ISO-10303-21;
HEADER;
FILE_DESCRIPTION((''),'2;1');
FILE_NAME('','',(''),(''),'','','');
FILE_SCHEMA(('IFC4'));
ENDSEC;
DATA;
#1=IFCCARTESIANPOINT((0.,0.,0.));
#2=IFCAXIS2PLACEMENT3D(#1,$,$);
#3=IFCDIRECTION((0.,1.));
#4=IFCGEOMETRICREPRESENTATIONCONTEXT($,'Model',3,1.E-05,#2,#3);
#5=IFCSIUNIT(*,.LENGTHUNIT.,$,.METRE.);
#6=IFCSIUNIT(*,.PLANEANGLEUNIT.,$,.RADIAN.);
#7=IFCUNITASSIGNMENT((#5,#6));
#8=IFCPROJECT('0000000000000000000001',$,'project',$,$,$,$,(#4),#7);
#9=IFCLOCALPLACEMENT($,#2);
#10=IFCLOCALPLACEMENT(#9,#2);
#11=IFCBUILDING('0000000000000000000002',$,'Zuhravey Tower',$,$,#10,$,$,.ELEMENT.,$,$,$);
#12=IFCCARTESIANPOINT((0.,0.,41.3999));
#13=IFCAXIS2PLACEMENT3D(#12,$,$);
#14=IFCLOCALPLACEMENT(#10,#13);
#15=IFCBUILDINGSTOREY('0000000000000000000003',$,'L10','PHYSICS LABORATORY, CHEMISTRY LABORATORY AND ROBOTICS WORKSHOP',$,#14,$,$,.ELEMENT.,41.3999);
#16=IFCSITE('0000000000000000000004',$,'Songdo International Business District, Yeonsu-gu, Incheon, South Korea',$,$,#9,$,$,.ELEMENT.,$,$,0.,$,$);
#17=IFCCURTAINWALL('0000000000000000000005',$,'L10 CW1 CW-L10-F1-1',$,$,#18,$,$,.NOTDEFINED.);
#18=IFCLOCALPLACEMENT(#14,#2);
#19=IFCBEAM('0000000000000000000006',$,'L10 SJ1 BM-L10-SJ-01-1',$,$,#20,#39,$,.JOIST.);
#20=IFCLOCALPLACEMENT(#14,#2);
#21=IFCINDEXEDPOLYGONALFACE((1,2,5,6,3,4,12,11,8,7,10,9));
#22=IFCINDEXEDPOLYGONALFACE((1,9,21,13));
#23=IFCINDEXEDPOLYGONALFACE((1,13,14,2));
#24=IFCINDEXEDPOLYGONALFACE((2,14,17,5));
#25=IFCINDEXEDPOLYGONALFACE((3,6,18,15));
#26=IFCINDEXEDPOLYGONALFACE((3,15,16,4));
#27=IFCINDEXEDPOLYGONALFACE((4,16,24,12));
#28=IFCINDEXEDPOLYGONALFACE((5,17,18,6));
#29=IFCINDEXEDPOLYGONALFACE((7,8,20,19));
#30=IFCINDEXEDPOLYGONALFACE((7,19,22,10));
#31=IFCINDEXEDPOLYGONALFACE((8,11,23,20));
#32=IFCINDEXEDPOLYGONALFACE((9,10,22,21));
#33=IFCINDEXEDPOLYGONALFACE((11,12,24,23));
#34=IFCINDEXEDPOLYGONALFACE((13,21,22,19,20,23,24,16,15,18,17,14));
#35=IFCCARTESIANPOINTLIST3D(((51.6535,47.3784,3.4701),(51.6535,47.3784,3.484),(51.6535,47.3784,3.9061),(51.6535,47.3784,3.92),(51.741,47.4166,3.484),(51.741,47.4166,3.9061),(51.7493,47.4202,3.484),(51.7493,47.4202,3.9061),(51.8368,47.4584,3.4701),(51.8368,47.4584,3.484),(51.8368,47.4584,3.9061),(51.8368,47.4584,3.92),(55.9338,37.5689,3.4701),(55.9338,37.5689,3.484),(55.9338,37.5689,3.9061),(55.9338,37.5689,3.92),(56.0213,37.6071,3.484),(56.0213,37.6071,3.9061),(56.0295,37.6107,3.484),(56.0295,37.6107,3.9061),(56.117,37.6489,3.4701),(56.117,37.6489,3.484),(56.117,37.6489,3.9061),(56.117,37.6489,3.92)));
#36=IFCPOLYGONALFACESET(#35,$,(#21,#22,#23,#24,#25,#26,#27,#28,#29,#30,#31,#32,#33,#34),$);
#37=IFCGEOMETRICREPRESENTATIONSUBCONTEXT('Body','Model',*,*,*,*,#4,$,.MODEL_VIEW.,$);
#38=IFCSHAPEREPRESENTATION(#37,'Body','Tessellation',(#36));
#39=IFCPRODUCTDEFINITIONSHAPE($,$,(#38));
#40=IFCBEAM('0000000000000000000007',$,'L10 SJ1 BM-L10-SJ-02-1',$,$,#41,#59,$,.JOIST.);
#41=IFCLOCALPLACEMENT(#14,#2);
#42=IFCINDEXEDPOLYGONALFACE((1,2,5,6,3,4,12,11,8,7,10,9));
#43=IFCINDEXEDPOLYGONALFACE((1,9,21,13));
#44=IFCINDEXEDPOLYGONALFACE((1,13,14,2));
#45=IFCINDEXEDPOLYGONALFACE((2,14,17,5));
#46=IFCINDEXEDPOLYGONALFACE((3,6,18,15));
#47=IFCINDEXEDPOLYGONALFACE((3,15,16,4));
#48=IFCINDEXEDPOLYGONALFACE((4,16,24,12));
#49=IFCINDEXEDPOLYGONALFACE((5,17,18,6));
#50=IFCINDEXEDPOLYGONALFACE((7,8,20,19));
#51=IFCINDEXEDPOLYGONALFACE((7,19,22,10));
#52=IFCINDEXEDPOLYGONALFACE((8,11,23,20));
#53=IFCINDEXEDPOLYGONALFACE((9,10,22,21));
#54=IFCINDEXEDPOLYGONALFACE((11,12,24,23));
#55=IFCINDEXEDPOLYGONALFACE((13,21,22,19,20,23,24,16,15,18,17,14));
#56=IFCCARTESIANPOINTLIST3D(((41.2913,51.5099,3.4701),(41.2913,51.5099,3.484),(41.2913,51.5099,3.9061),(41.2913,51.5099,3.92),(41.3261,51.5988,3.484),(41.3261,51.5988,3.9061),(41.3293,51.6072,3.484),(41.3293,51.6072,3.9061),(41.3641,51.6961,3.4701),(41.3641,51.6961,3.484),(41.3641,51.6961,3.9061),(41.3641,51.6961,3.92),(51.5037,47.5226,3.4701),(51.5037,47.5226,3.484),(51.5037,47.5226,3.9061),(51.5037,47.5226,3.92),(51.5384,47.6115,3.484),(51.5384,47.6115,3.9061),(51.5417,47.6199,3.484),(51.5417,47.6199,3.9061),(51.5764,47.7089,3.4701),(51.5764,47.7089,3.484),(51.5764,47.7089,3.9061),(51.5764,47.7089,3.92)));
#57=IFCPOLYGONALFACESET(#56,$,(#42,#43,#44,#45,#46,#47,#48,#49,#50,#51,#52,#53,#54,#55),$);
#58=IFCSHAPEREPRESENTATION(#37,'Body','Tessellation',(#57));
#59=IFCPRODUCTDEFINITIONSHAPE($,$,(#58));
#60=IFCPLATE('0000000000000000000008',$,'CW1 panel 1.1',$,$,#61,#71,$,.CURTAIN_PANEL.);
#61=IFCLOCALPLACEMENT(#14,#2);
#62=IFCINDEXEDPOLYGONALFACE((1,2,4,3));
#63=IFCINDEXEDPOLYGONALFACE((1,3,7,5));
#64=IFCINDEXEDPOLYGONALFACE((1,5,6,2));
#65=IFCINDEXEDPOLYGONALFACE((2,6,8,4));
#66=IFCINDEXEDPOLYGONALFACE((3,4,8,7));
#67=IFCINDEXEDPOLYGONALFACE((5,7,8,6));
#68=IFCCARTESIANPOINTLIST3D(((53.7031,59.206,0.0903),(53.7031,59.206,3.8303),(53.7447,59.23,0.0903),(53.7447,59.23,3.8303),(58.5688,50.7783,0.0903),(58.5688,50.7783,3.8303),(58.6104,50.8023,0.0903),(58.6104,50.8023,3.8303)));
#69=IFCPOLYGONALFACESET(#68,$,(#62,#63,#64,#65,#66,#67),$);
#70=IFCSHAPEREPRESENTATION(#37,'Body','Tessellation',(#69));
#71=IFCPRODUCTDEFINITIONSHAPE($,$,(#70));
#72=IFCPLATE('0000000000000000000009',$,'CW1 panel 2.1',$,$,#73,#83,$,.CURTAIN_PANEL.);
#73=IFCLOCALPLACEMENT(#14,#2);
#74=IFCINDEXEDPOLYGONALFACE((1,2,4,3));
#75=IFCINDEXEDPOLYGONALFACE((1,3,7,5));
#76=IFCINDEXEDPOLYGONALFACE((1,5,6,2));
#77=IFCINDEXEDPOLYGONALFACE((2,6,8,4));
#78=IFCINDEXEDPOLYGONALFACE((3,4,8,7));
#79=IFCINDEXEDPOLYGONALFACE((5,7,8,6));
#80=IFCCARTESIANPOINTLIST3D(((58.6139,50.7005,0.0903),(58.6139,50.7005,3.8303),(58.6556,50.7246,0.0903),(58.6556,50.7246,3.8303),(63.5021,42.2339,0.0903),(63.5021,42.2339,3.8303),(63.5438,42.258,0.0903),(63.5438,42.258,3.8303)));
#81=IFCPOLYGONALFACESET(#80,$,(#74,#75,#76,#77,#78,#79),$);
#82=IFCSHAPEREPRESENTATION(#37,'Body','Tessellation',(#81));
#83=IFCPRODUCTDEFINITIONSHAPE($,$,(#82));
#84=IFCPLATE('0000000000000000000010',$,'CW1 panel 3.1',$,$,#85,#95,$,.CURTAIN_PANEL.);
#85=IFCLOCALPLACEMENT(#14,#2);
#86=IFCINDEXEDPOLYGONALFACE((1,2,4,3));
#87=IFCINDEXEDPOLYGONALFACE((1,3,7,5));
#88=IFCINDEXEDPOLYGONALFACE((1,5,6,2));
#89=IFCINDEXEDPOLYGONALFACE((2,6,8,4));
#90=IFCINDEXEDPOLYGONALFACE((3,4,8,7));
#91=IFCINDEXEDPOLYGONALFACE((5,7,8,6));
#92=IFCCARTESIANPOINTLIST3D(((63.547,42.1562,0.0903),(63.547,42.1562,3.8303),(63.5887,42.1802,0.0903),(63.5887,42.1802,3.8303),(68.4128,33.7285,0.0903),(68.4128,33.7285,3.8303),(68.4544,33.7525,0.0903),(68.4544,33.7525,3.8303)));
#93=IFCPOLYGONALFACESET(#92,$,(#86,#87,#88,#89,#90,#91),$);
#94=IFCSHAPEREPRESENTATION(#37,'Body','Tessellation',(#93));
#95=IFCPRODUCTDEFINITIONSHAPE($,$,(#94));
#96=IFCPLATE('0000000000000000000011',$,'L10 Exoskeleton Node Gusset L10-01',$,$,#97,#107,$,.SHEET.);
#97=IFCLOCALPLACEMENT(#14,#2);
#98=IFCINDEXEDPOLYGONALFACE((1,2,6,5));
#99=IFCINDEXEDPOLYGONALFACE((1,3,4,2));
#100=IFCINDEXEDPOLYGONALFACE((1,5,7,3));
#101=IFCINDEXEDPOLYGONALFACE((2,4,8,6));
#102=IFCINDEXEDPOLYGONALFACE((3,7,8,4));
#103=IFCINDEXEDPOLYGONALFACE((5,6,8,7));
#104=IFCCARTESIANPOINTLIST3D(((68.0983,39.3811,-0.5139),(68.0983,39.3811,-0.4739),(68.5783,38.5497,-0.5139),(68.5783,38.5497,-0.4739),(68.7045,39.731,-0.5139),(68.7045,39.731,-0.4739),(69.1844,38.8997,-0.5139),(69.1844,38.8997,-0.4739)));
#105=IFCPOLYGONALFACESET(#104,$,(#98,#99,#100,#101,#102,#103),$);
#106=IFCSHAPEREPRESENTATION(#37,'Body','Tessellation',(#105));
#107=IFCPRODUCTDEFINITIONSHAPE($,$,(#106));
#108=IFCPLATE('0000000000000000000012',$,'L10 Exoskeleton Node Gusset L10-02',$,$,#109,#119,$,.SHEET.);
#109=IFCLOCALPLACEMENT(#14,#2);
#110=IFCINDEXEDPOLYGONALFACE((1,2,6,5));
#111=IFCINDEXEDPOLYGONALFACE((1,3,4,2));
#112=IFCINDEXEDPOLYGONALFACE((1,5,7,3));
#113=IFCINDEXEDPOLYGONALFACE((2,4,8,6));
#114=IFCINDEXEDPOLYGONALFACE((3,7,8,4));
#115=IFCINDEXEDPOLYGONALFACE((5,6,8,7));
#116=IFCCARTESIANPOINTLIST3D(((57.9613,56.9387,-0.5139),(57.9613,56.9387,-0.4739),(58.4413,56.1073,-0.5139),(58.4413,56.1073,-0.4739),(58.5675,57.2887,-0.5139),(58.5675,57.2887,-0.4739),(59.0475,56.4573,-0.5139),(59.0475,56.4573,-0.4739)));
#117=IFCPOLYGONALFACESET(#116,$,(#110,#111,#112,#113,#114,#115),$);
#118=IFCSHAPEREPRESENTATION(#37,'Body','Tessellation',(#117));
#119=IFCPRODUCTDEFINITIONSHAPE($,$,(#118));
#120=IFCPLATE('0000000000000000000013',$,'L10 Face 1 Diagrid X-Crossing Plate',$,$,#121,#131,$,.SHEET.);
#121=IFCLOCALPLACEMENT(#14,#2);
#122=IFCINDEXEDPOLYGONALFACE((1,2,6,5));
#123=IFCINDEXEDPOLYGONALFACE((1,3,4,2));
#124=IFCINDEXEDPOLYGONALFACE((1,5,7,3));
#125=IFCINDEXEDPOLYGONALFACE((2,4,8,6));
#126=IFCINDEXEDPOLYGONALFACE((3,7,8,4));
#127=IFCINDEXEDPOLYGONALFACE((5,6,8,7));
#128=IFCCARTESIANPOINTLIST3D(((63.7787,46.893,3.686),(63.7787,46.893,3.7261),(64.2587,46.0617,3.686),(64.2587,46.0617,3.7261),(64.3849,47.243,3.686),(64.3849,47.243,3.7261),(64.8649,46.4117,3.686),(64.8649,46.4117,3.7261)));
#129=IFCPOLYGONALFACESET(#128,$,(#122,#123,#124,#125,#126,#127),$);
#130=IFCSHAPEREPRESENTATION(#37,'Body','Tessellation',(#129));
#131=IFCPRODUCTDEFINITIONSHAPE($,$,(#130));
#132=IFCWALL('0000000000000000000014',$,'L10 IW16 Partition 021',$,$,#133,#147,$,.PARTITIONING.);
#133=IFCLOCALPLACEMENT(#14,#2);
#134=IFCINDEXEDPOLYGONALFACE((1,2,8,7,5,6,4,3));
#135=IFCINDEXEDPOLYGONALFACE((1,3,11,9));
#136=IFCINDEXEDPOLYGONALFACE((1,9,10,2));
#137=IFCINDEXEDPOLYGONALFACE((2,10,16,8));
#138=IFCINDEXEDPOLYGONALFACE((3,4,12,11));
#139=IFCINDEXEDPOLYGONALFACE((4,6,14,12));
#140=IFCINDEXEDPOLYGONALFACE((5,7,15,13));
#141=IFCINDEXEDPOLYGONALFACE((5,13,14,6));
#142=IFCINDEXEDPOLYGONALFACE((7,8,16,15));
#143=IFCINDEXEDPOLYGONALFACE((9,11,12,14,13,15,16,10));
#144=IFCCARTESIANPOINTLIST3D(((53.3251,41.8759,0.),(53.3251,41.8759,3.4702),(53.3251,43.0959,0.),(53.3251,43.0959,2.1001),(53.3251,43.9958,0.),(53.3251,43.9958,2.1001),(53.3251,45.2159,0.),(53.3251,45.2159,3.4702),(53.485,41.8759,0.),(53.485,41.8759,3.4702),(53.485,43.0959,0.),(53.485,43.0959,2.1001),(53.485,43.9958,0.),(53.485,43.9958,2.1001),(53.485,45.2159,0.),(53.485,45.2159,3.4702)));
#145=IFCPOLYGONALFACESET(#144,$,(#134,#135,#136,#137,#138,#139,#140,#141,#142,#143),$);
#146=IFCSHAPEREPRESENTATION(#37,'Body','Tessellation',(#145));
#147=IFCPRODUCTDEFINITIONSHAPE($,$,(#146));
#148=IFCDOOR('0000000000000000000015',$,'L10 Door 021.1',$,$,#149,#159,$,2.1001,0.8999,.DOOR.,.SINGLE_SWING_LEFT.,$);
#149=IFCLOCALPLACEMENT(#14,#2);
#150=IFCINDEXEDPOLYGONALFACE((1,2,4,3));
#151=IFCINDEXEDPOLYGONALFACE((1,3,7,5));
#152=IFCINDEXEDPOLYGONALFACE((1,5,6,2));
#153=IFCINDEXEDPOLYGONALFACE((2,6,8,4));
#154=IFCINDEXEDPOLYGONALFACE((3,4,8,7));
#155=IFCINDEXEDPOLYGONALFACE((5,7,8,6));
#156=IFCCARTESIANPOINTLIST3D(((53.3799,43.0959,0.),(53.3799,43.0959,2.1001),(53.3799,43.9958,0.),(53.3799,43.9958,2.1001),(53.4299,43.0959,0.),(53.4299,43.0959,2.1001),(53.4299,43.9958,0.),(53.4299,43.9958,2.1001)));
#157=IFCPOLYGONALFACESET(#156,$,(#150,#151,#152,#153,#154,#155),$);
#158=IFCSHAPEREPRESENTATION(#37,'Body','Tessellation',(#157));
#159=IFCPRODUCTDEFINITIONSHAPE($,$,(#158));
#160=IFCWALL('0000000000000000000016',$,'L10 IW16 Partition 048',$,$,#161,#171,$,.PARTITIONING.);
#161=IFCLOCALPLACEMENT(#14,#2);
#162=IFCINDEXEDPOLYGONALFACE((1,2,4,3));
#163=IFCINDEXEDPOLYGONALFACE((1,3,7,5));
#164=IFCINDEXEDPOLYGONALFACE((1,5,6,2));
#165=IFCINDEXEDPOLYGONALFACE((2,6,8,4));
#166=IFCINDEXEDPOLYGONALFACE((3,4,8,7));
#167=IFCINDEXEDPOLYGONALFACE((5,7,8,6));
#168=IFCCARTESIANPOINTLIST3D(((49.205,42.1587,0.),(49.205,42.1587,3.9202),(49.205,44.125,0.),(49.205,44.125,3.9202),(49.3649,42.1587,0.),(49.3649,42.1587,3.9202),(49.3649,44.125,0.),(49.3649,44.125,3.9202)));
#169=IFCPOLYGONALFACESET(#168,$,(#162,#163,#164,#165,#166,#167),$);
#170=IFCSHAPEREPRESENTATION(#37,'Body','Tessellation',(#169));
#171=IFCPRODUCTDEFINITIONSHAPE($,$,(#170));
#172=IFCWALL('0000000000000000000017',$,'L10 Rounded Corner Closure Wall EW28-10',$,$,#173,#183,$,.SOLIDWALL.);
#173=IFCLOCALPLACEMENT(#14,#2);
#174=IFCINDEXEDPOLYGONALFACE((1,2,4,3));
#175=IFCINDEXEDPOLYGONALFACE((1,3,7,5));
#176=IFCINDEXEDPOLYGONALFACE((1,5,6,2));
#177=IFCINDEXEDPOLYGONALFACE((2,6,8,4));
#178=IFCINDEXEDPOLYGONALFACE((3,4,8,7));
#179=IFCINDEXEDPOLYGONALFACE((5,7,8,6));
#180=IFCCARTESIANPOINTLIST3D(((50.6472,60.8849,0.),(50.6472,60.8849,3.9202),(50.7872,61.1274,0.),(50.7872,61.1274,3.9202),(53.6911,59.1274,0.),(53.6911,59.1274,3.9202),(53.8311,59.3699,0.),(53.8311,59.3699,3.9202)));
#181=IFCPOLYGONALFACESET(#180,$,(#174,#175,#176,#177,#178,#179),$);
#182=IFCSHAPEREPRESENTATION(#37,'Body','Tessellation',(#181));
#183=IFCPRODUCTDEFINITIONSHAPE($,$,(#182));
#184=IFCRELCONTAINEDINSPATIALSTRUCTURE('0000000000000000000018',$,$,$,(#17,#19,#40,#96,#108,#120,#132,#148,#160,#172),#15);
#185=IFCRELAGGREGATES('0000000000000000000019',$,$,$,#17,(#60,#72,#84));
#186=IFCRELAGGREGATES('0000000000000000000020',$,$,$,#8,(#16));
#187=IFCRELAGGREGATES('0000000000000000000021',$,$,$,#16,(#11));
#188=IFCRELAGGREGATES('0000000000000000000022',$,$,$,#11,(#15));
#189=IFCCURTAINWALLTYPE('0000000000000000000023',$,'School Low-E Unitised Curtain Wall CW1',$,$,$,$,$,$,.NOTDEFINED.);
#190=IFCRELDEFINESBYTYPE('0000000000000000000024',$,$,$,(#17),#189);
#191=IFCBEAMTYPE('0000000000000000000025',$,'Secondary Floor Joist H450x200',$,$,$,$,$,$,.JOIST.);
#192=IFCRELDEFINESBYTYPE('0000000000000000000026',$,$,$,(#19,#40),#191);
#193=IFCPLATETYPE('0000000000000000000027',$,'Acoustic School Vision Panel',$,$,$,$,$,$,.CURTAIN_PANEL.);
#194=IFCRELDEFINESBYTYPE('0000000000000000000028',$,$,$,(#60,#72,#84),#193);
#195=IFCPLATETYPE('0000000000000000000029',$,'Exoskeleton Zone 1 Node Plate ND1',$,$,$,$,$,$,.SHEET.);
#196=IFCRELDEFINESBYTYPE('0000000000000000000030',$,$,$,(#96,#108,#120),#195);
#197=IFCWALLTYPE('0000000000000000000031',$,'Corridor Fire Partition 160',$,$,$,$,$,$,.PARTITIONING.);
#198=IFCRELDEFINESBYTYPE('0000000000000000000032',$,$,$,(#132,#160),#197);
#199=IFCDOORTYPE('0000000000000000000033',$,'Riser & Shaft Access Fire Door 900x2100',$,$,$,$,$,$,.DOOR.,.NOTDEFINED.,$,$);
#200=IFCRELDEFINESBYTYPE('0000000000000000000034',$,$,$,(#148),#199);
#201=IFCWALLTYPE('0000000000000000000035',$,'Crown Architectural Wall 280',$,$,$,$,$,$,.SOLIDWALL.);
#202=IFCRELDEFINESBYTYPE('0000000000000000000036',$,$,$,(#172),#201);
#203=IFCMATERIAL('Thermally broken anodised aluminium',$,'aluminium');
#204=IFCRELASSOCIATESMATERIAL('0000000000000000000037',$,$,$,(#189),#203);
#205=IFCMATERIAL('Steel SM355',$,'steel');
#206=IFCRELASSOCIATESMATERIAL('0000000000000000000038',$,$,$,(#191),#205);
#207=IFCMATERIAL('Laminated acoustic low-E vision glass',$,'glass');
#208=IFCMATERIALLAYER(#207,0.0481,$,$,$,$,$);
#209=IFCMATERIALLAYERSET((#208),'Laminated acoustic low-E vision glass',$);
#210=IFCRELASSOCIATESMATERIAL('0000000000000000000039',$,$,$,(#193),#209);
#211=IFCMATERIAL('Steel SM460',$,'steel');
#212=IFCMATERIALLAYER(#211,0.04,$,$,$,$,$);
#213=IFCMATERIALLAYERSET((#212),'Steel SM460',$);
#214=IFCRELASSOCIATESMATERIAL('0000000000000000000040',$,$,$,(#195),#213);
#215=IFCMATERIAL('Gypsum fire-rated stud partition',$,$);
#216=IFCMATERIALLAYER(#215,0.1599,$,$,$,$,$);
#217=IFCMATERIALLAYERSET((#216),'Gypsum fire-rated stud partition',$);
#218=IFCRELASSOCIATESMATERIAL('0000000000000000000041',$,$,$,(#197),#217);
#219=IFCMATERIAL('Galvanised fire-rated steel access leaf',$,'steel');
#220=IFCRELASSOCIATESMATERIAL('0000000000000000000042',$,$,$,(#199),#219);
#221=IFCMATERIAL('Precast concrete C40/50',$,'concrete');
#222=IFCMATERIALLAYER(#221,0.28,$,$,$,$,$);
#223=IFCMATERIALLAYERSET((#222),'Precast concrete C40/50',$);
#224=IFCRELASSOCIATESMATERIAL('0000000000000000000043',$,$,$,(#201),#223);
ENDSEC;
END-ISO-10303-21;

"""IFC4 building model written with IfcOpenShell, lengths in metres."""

from ifc_helpers import new_model, si_unit, direction, frame, frame_2d, origin, origin_2d, place, context, subcontext, project, spatial, rectangle, i_section, extrude, material, layer, layer_set, material_profile, profile_set, type_object, element, fill, aggregate, save


model = new_model("IFC4")

# Units and contexts
model_context = context("Model", 3, precision=1e-05, world=origin(), true_north=direction((0.0, 1.0)))
body_context = subcontext(model_context, "Body", "Model", "MODEL_VIEW")
ifc_project = project(units=[si_unit("LENGTHUNIT", "METRE"), si_unit("PLANEANGLEUNIT", "RADIAN")], contexts=[model_context])

# Site, building, storey
site_placement = place(None, origin())
site = spatial("IfcSite", under=ifc_project, at=site_placement, Name="Songdo International Business District, Yeonsu-gu, Incheon, South Korea", CompositionType="ELEMENT", RefElevation=0.0)
building_placement = place(site_placement, origin())
building = spatial("IfcBuilding", under=site, at=building_placement, Name="Zuhravey Tower", CompositionType="ELEMENT")
storey_placement = place(building_placement, frame((0.0, 0.0, 41.3999)))
storey = spatial("IfcBuildingStorey", under=building, at=storey_placement, Name="L10", Description="PHYSICS LABORATORY, CHEMISTRY LABORATORY AND ROBOTICS WORKSHOP", CompositionType="ELEMENT", Elevation=41.3999)

# Shared definitions
ifc_material_1 = material(Name="Thermally broken anodised aluminium", Category="aluminium")
curtain_wall_type = type_object("IfcCurtainWallType", Name="School Low-E Unitised Curtain Wall CW1", PredefinedType="NOTDEFINED", material=ifc_material_1)

# Curtain wall
curtain_wall_1_placement = place(storey_placement, origin())
curtain_wall_1 = element("IfcCurtainWall", 1, at=curtain_wall_1_placement, inside=storey, type_object=curtain_wall_type, Name="L10 CW1 CW-L10-F1-1", PredefinedType="NOTDEFINED")

# Shared definitions
ifc_material_2 = material(Name="Steel SM355", Category="steel")
ifc_material_3 = material(Name="Steel SM460", Category="steel")

# Beams
ifc_material_profile_1 = material_profile(ifc_material_2, i_section(OverallWidth=0.2, OverallDepth=0.45, WebThickness=0.009, FlangeThickness=0.0139, at=origin_2d()), Name="H-450x200x9x14")
ifc_profile_set_1 = profile_set([ifc_material_profile_1], Name="Steel SM355")
beam_type_1 = type_object("IfcBeamType", Name="Secondary Floor Joist H450x200", PredefinedType="JOIST", material=ifc_profile_set_1)
beam_1_placement = place(storey_placement, frame((56.0254, 37.6089, 3.6951), z_axis=(-0.399924, 0.916549, 0.0), x_axis=(-0.916549, -0.399924, 0.0)))
element("IfcBeam", 2, at=beam_1_placement, inside=storey, type_object=beam_type_1, Name="L10 SJ1 BM-L10-SJ-01-1", PredefinedType="JOIST", context=body_context, shape_type="SweptSolid", body=[
    extrude(i_section(OverallWidth=0.2, OverallDepth=0.45, WebThickness=0.009, FlangeThickness=0.0139, at=origin_2d()), origin(), (0.0, 0.0, 1.0), 10.7026),
])
beam_2_placement = place(storey_placement, frame((51.54, 47.6157, 3.6951), z_axis=(-0.931517, 0.363699, 0.0), x_axis=(-0.363699, -0.931517, 0.0)))
element("IfcBeam", 3, at=beam_2_placement, inside=storey, type_object=beam_type_1, Name="L10 SJ1 BM-L10-SJ-02-1", PredefinedType="JOIST", context=body_context, shape_type="SweptSolid", body=[
    extrude(i_section(OverallWidth=0.2, OverallDepth=0.45, WebThickness=0.009, FlangeThickness=0.0139, at=origin_2d()), origin(), (0.0, 0.0, 1.0), 10.9631),
])

# Plates
ifc_material_4 = material(Name="Laminated acoustic low-E vision glass", Category="glass")
ifc_layer_1 = layer(ifc_material_4, 0.0481)
ifc_layer_set_1 = layer_set([ifc_layer_1], Name="Laminated acoustic low-E vision glass")
plate_type_1 = type_object("IfcPlateType", Name="Acoustic School Vision Panel", PredefinedType="CURTAIN_PANEL", material=ifc_layer_set_1)
plate_1_placement = place(storey_placement, frame((56.1567, 55.0042, 0.0903), z_axis=(0.0, 0.0, 1.0), x_axis=(0.5, -0.866026, 0.0)))
plate_1 = element("IfcPlate", 4, at=plate_1_placement, type_object=plate_type_1, Name="CW1 panel 1.1", PredefinedType="CURTAIN_PANEL", context=body_context, shape_type="SweptSolid", body=[
    extrude(rectangle(XDim=9.7314, YDim=0.0481, at=origin_2d()), origin(), (0.0, 0.0, 1.0), 3.74),
])
plate_2_placement = place(storey_placement, frame((61.0789, 46.4792, 0.0903), z_axis=(0.0, 0.0, 1.0), x_axis=(0.5, -0.866026, 0.0)))
plate_2 = element("IfcPlate", 5, at=plate_2_placement, type_object=plate_type_1, Name="CW1 panel 2.1", PredefinedType="CURTAIN_PANEL", context=body_context, shape_type="SweptSolid", body=[
    extrude(rectangle(XDim=9.7764, YDim=0.0481, at=origin_2d()), origin(), (0.0, 0.0, 1.0), 3.74),
])
plate_3_placement = place(storey_placement, frame((66.0007, 37.9543, 0.0903), z_axis=(0.0, 0.0, 1.0), x_axis=(0.5, -0.866026, 0.0)))
plate_3 = element("IfcPlate", 6, at=plate_3_placement, type_object=plate_type_1, Name="CW1 panel 3.1", PredefinedType="CURTAIN_PANEL", context=body_context, shape_type="SweptSolid", body=[
    extrude(rectangle(XDim=9.7314, YDim=0.0481, at=origin_2d()), origin(), (0.0, 0.0, 1.0), 3.74),
])
aggregate(curtain_wall_1, [plate_1, plate_2, plate_3])

# Plates
ifc_layer_2 = layer(ifc_material_3, 0.04)
ifc_layer_set_2 = layer_set([ifc_layer_2], Name="Steel SM460")
plate_type_2 = type_object("IfcPlateType", Name="Exoskeleton Zone 1 Node Plate ND1", PredefinedType="SHEET", material=ifc_layer_set_2)
for number, where, z_axis, x_axis, name in (
    (7, (68.6414, 39.1404, -0.5139), (0.0, 0.0, 1.0), (-0.5, 0.866025, 0.0), "L10 Exoskeleton Node Gusset L10-01"),
    (8, (58.5044, 56.698, -0.5139), (0.0, 0.0, 1.0), (-0.5, 0.866025, 0.0), "L10 Exoskeleton Node Gusset L10-02"),
    (9, (64.3218, 46.6523, 3.686), (0.0, 0.0, 1.0), (-0.5, 0.866025, 0.0), "L10 Face 1 Diagrid X-Crossing Plate"),
):
    element("IfcPlate", number, at=place(storey_placement, frame(where, z_axis=z_axis, x_axis=x_axis)), inside=storey, type_object=plate_type_2, Name=name, PredefinedType="SHEET", context=body_context, shape_type="SweptSolid", body=[
        extrude(rectangle(XDim=0.96, YDim=0.7, at=origin_2d()), origin(), (0.0, 0.0, 1.0), 0.04),
    ])

# Wall, opening, door
ifc_material_5 = material(Name="Gypsum fire-rated stud partition")
ifc_layer_3 = layer(ifc_material_5, 0.1599)
ifc_layer_set_3 = layer_set([ifc_layer_3], Name="Gypsum fire-rated stud partition")
wall_type_1 = type_object("IfcWallType", Name="Corridor Fire Partition 160", PredefinedType="PARTITIONING", material=ifc_layer_set_3)
wall_1_placement = place(storey_placement, frame((53.405, 45.2158, 0.0), z_axis=(0.0, 0.0, 1.0), x_axis=(0.0, -1.0, 0.0)))
wall_1 = element("IfcWall", 10, at=wall_1_placement, inside=storey, type_object=wall_type_1, Name="L10 IW16 Partition 021", PredefinedType="PARTITIONING", context=body_context, shape_type="SweptSolid", body=[
    extrude(rectangle(XDim=3.3401, YDim=0.1599, at=frame_2d((1.6699, 0.0))), origin(), (0.0, 0.0, 1.0), 3.4702),
])
opening_placement = place(wall_1_placement, frame((1.22, 0.0, 0.0)))
opening = element("IfcOpeningElement", 11, at=opening_placement, cuts=wall_1, PredefinedType="OPENING", context=body_context, shape_type="SweptSolid", body=[
    extrude(rectangle(XDim=0.8999, YDim=2.1001, at=frame_2d((0.45, 1.05))), frame((0.0, 0.092, 0.0), z_axis=(0.0, -1.0, 0.0), x_axis=(1.0, 0.0, 0.0)), (0.0, 0.0, 1.0), 0.1838),
])
ifc_material_6 = material(Name="Galvanised fire-rated steel access leaf", Category="steel")
door_type = type_object("IfcDoorType", Name="Riser & Shaft Access Fire Door 900x2100", OperationType="NOTDEFINED", PredefinedType="DOOR", material=ifc_material_6)
door_placement = place(opening_placement, origin())
door = element("IfcDoor", 12, at=door_placement, inside=storey, type_object=door_type, Name="L10 Door 021.1", OperationType="SINGLE_SWING_LEFT", OverallHeight=2.1001, OverallWidth=0.8999, PredefinedType="DOOR", context=body_context, shape_type="SweptSolid", body=[
    extrude(rectangle(XDim=0.8999, YDim=2.1001, at=frame_2d((0.45, 1.05))), frame((0.0, 0.0249, 0.0), z_axis=(0.0, -1.0, 0.0), x_axis=(1.0, 0.0, 0.0)), (0.0, 0.0, 1.0), 0.05),
])
fill(opening, door)

# Walls
wall_2_placement = place(storey_placement, frame((49.2849, 42.1587, 0.0), z_axis=(0.0, 0.0, 1.0), x_axis=(0.0, 1.0, 0.0)))
element("IfcWall", 13, at=wall_2_placement, inside=storey, type_object=wall_type_1, Name="L10 IW16 Partition 048", PredefinedType="PARTITIONING", context=body_context, shape_type="SweptSolid", body=[
    extrude(rectangle(XDim=1.9663, YDim=0.1599, at=frame_2d((0.9832, 0.0))), origin(), (0.0, 0.0, 1.0), 3.9202),
])
ifc_material_7 = material(Name="Precast concrete C40/50", Category="concrete")
ifc_layer_4 = layer(ifc_material_7, 0.28)
ifc_layer_set_4 = layer_set([ifc_layer_4], Name="Precast concrete C40/50")
wall_type_2 = type_object("IfcWallType", Name="Crown Architectural Wall 280", PredefinedType="SOLIDWALL", material=ifc_layer_set_4)
wall_3_placement = place(storey_placement, frame((50.7173, 61.0061, 0.0), z_axis=(0.0, 0.0, 1.0), x_axis=(0.866007, -0.500031, 0.0)))
element("IfcWall", 14, at=wall_3_placement, inside=storey, type_object=wall_type_2, Name="L10 Rounded Corner Closure Wall EW28-10", PredefinedType="SOLIDWALL", context=body_context, shape_type="SweptSolid", body=[
    extrude(rectangle(XDim=3.5149, YDim=0.28, at=frame_2d((1.7573, 0.0))), origin(), (0.0, 0.0, 1.0), 3.9202),
])

save(model, "model.ifc")
